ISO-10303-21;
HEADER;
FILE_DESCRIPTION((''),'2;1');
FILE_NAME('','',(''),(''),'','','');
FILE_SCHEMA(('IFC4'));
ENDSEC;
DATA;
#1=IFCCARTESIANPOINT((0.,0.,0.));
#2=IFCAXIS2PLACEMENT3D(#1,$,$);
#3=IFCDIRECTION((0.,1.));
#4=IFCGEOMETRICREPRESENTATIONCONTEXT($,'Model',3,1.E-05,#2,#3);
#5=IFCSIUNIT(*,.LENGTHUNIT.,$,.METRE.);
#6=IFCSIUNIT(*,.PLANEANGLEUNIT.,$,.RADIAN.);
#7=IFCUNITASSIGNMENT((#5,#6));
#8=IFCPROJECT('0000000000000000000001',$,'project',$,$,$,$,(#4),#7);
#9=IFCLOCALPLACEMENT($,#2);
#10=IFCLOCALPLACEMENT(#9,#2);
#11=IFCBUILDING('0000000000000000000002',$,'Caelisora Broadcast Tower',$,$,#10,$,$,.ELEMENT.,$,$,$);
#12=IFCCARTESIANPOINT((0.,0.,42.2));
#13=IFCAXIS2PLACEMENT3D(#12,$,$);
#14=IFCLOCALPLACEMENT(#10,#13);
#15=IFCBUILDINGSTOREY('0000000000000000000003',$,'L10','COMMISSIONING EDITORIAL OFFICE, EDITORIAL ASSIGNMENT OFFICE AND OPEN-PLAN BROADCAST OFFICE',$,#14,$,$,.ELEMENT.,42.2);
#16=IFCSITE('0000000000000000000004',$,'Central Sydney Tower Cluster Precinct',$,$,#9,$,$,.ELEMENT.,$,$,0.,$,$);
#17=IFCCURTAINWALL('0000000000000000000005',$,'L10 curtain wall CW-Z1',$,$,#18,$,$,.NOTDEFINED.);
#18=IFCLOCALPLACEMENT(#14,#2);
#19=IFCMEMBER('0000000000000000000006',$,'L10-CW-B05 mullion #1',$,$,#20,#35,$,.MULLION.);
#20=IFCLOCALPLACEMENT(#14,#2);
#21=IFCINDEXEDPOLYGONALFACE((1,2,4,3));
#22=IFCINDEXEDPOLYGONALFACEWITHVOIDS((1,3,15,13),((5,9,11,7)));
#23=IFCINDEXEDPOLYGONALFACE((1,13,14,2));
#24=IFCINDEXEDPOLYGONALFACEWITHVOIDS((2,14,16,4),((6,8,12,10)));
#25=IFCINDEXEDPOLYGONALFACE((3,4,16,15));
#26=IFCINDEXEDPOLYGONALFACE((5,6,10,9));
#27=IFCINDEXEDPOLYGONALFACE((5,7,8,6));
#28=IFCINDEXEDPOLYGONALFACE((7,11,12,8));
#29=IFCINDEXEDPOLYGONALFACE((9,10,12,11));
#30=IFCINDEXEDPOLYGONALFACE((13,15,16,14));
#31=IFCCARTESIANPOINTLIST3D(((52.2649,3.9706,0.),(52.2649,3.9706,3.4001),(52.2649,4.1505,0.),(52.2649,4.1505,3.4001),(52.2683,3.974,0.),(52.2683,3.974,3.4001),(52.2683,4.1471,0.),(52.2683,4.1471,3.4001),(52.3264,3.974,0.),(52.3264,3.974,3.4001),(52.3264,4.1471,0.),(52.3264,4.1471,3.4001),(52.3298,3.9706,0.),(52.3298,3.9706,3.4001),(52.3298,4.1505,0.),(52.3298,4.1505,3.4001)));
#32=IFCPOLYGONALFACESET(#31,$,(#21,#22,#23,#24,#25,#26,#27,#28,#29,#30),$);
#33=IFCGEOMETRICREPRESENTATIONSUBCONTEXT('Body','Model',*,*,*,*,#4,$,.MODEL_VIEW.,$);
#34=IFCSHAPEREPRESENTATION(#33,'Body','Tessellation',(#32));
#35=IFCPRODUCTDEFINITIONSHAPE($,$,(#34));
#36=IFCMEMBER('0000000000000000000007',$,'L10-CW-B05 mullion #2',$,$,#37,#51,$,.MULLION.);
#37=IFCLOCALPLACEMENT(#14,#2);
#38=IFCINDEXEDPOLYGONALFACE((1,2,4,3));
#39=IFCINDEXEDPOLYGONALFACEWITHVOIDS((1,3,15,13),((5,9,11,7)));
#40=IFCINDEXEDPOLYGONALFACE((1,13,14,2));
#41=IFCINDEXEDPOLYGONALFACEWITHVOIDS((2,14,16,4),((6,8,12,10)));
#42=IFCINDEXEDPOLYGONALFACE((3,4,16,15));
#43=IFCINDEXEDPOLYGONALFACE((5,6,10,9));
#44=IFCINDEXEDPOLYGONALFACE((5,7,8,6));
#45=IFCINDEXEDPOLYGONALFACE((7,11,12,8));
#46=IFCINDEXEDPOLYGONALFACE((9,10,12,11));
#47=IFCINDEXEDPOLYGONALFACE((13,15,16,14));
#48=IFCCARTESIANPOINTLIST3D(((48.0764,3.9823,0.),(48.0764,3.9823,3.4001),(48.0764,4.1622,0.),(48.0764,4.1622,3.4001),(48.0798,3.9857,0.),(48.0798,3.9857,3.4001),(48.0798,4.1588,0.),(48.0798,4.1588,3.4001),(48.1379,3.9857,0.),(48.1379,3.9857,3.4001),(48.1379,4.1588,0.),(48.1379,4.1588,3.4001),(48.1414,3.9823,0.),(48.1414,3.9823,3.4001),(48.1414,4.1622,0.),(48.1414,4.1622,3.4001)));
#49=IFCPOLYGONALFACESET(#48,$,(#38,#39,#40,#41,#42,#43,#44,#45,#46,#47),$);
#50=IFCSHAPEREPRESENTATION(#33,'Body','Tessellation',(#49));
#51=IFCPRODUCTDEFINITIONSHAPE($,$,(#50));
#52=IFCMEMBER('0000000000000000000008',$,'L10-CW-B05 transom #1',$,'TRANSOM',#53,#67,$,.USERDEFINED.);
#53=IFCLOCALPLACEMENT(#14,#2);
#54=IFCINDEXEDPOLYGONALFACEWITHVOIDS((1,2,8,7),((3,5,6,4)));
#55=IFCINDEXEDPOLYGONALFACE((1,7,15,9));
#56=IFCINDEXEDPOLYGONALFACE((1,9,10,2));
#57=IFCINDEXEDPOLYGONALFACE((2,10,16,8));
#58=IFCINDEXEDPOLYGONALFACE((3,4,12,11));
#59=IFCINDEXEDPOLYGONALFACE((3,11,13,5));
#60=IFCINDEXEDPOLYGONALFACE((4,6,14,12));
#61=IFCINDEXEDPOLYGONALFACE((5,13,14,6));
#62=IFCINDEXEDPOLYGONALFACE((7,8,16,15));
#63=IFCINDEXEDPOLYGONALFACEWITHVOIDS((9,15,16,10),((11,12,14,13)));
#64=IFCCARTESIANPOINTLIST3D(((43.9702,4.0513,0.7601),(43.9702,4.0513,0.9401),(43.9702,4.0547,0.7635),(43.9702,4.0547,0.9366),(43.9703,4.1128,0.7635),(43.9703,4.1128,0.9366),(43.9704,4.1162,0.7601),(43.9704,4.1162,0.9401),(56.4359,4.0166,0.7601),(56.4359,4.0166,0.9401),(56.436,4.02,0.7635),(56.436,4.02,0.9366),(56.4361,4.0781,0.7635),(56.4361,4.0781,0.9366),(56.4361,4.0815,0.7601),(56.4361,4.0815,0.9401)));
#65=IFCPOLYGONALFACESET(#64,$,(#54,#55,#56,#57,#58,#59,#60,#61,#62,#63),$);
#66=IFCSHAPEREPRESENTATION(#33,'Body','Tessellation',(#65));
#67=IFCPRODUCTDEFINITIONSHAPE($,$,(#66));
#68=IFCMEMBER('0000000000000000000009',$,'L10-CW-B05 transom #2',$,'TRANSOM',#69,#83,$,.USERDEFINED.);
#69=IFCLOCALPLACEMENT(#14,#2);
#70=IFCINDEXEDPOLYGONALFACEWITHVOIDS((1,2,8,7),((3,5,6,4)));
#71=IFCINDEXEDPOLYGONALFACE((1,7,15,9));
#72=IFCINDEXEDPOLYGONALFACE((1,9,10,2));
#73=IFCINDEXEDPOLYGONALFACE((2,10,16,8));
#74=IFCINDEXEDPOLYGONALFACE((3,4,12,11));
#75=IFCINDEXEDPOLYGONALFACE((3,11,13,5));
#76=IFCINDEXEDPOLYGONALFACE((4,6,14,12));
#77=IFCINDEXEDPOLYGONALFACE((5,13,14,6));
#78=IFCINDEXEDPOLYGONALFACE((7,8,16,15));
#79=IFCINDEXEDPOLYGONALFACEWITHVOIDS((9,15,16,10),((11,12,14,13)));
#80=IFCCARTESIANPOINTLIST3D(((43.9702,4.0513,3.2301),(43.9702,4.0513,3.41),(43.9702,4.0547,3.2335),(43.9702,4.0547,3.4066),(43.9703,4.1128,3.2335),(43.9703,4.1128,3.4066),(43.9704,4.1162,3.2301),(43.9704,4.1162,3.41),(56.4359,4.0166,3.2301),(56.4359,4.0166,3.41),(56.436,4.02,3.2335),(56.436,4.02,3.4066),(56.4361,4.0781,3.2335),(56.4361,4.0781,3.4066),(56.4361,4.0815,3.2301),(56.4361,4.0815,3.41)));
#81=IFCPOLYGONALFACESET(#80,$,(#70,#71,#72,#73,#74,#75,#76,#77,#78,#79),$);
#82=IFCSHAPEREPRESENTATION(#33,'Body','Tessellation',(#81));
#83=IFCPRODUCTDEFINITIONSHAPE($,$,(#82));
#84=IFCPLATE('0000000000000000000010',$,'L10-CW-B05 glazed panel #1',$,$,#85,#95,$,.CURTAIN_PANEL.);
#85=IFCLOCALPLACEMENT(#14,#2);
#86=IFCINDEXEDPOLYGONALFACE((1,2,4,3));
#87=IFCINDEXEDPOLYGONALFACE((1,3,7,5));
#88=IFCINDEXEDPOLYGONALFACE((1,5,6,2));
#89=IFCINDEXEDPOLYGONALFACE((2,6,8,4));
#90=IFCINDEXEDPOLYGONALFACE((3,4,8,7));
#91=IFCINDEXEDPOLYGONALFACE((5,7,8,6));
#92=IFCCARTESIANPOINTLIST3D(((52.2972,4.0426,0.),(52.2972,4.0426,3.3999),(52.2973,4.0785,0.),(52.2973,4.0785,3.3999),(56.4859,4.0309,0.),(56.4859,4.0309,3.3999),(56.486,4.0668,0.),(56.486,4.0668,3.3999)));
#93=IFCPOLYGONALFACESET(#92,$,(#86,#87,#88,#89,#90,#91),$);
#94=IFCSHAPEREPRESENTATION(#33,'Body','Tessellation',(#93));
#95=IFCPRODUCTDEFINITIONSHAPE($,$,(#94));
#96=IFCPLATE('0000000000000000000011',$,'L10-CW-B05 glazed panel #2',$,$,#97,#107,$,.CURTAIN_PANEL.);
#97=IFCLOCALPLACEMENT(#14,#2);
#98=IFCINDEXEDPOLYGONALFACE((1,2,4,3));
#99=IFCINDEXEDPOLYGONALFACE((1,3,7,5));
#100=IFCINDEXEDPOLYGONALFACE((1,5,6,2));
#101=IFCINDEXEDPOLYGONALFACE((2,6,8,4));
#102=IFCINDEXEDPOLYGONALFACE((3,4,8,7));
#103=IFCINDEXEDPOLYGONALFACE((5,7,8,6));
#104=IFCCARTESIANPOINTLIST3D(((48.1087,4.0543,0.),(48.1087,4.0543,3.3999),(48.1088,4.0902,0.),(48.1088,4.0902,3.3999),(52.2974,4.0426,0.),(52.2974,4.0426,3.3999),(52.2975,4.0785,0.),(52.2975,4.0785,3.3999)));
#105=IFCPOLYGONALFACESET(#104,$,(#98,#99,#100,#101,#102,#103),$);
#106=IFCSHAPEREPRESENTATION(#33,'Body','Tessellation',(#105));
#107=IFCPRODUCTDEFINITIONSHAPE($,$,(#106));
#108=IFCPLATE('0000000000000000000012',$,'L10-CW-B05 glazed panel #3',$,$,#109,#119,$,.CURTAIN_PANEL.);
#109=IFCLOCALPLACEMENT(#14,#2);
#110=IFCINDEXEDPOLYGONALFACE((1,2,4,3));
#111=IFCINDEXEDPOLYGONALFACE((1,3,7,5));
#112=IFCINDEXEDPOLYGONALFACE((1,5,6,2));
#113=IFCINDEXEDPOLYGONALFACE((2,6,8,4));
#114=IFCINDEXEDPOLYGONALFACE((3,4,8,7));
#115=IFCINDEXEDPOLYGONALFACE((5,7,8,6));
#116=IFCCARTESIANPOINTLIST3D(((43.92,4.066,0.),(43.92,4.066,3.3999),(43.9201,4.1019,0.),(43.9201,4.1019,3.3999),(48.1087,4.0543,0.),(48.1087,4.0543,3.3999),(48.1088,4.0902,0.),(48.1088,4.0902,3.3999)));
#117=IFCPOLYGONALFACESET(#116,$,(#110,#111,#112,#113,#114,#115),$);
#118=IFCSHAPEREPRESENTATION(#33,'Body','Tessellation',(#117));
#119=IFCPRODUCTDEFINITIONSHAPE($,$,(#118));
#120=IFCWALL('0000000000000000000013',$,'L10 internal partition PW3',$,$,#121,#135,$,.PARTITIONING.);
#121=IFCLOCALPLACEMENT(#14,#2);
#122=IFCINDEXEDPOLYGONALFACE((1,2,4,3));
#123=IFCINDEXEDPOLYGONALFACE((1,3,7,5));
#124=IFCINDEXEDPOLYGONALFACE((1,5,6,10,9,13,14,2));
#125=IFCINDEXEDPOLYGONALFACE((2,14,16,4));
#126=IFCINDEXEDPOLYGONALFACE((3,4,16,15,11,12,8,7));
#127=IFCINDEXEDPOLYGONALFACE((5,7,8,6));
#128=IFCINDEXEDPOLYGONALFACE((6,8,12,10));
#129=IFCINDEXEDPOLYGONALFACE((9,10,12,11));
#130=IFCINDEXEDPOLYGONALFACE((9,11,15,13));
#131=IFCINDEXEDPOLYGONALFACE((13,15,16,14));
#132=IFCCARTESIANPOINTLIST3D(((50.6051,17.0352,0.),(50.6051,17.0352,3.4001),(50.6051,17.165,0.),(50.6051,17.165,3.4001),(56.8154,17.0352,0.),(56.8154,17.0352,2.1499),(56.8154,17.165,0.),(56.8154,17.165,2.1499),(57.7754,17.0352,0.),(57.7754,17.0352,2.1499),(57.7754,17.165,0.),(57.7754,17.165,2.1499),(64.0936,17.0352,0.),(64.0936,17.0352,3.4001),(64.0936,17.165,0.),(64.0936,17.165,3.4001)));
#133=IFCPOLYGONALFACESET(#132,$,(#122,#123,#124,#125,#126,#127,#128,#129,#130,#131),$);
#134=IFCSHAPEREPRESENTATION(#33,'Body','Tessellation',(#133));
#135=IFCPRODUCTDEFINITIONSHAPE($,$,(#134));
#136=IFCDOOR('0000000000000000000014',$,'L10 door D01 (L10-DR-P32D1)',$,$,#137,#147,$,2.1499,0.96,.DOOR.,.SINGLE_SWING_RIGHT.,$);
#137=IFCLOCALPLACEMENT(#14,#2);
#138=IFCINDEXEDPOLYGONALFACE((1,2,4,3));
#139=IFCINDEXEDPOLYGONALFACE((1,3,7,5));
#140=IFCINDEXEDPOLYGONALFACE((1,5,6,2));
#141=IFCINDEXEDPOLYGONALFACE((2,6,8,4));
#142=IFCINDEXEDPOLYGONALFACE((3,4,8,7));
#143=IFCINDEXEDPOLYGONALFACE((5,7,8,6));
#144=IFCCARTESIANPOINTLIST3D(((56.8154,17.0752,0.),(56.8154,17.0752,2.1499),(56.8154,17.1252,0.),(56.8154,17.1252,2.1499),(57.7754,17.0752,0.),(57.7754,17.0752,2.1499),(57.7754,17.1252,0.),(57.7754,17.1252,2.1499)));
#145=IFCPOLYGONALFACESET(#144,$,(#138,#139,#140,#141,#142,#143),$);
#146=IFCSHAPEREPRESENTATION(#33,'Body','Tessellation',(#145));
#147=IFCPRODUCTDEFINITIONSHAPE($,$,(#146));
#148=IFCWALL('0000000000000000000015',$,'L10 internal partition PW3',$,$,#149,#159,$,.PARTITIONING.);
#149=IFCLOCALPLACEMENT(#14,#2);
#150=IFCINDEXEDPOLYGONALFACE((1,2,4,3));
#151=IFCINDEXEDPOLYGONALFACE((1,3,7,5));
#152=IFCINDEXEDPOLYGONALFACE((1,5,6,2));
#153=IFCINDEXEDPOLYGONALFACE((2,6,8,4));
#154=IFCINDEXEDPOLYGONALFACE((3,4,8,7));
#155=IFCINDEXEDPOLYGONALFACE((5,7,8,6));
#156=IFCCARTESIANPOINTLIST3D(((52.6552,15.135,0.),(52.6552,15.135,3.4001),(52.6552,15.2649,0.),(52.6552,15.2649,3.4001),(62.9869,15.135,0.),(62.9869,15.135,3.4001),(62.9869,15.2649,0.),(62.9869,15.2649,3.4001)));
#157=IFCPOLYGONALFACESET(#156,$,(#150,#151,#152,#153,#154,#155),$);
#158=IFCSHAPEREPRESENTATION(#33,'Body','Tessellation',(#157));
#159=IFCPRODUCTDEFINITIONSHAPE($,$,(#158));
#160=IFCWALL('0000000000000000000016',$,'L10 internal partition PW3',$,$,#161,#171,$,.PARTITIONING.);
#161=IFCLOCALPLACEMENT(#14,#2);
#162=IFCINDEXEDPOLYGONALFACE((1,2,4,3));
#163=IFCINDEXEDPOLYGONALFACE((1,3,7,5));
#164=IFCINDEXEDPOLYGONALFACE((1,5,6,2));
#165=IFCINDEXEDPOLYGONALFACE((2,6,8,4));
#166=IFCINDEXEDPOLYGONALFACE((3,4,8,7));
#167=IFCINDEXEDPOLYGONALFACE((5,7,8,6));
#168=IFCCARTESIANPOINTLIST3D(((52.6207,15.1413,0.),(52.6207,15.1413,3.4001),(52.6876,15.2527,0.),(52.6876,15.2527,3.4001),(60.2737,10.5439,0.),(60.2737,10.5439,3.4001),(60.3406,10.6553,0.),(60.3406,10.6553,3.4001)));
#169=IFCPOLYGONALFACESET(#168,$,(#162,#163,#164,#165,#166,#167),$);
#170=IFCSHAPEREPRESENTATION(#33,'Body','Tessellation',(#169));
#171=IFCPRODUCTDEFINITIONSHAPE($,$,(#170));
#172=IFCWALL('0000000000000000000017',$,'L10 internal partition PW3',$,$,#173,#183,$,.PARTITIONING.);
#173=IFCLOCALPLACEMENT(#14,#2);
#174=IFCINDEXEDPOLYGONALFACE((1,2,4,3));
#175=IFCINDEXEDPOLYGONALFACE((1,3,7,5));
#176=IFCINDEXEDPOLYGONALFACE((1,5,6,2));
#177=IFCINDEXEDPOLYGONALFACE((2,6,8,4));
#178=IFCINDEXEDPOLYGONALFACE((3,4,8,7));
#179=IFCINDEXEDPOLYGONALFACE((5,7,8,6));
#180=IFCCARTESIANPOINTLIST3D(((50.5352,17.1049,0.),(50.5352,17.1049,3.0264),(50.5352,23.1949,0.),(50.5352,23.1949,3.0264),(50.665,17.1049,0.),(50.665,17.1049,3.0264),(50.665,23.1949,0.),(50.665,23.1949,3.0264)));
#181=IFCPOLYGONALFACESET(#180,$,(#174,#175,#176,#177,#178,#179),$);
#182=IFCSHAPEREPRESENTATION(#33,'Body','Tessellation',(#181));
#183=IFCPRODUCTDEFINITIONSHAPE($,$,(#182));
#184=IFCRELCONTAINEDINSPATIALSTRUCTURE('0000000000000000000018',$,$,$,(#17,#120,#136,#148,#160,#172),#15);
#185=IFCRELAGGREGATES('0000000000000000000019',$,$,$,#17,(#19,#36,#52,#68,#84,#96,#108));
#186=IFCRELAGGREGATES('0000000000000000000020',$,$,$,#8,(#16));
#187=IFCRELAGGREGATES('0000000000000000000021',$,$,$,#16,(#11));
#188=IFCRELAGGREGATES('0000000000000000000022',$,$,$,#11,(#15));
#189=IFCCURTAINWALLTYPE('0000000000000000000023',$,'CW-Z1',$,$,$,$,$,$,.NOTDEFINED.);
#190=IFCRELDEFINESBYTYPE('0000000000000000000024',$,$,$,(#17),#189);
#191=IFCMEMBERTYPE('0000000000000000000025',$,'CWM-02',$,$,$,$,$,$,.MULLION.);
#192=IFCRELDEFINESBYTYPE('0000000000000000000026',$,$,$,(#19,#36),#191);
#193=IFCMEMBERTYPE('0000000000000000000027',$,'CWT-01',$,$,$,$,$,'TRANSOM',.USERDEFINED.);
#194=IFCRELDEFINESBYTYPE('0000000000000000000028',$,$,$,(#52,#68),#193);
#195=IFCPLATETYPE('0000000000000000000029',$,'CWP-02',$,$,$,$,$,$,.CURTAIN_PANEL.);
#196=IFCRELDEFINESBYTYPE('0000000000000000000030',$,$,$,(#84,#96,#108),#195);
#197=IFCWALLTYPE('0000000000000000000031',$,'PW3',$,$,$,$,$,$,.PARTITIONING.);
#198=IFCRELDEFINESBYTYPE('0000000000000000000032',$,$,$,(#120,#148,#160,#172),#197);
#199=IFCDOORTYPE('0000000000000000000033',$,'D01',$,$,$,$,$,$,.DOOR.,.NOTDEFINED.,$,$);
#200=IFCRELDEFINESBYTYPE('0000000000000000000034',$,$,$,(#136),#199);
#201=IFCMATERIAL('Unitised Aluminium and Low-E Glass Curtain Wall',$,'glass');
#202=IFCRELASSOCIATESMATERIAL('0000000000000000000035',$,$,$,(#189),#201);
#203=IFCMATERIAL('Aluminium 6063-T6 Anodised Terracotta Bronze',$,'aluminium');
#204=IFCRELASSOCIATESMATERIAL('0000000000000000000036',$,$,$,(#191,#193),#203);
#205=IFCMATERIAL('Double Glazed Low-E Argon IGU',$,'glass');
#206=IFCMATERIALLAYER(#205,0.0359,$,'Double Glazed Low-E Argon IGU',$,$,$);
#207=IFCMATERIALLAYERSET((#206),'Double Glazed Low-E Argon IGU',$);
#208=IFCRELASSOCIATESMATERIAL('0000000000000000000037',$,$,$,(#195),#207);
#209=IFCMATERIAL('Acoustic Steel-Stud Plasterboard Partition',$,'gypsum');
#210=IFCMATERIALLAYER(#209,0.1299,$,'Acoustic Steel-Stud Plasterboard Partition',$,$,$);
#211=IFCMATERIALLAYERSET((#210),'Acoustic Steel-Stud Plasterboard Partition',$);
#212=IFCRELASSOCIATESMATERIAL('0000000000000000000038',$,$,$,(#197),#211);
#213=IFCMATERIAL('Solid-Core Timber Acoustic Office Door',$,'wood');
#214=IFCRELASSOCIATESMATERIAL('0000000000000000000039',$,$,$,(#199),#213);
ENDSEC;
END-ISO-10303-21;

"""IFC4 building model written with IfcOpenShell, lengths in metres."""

from ifc_helpers import new_model, si_unit, direction, frame, frame_2d, origin, origin_2d, place, context, subcontext, project, spatial, rectangle, hollow_rectangle, extrude, source, transform, mapped, material, layer, layer_set, material_profile, profile_set, type_object, type_shapes, element, fill, aggregate, save


model = new_model("IFC4")

# Units and contexts
model_context = context("Model", 3, precision=1e-05, world=origin(), true_north=direction((0.0, 1.0)))
body_context = subcontext(model_context, "Body", "Model", "MODEL_VIEW")
ifc_project = project(units=[si_unit("LENGTHUNIT", "METRE"), si_unit("PLANEANGLEUNIT", "RADIAN")], contexts=[model_context])

# Site, building, storey
site_placement = place(None, origin())
site = spatial("IfcSite", under=ifc_project, at=site_placement, Name="Central Sydney Tower Cluster Precinct", CompositionType="ELEMENT", RefElevation=0.0)
building_placement = place(site_placement, origin())
building = spatial("IfcBuilding", under=site, at=building_placement, Name="Caelisora Broadcast Tower", CompositionType="ELEMENT")
storey_placement = place(building_placement, frame((0.0, 0.0, 42.2)))
storey = spatial("IfcBuildingStorey", under=building, at=storey_placement, Name="L10", Description="COMMISSIONING EDITORIAL OFFICE, EDITORIAL ASSIGNMENT OFFICE AND OPEN-PLAN BROADCAST OFFICE", CompositionType="ELEMENT", Elevation=42.2)

# Curtain wall, members, plates
ifc_material_1 = material(Name="Unitised Aluminium and Low-E Glass Curtain Wall", Category="glass")
curtain_wall_type = type_object("IfcCurtainWallType", Name="CW-Z1", PredefinedType="NOTDEFINED", material=ifc_material_1)
curtain_wall_placement = place(storey_placement, origin())
curtain_wall = element("IfcCurtainWall", 1, at=curtain_wall_placement, inside=storey, type_object=curtain_wall_type, Name="L10 curtain wall CW-Z1", PredefinedType="NOTDEFINED")
ifc_material_2 = material(Name="Aluminium 6063-T6 Anodised Terracotta Bronze", Category="aluminium")
ifc_material_profile_1 = material_profile(ifc_material_2, hollow_rectangle(XDim=0.0649, YDim=0.1799, WallThickness=0.0034, at=origin_2d()), Name="Aluminium 6063-T6 Anodised Terracotta Bronze")
ifc_profile_set_1 = profile_set([ifc_material_profile_1], Name="Aluminium 6063-T6 Anodised Terracotta Bronze")
member_type_1 = type_object("IfcMemberType", Name="CWM-02", PredefinedType="MULLION", material=ifc_profile_set_1)
shared_shape_1 = source(origin(), body_context, "Body", "SweptSolid", [
    extrude(hollow_rectangle(XDim=0.0649, YDim=0.1799, WallThickness=0.0034, at=origin_2d()), origin(), (0.0, 0.0, 1.0), 3.4001),
])
type_shapes(member_type_1, [shared_shape_1])
member_1_placement = place(storey_placement, frame((52.2974, 4.0605, 0.0), z_axis=(0.0, 0.0, 1.0), x_axis=(1.0, 0.0, 0.0)))
member_1 = element("IfcMember", 2, at=member_1_placement, type_object=member_type_1, Name="L10-CW-B05 mullion #1", PredefinedType="MULLION", context=body_context, shape_type="MappedRepresentation", body=[
    mapped(shared_shape_1, transform((0.0, 0.0, 0.0), scale=1.0)),
])
member_2_placement = place(storey_placement, frame((48.1089, 4.0723, 0.0), z_axis=(0.0, 0.0, 1.0), x_axis=(1.0, 0.0, 0.0)))
member_2 = element("IfcMember", 3, at=member_2_placement, type_object=member_type_1, Name="L10-CW-B05 mullion #2", PredefinedType="MULLION", context=body_context, shape_type="MappedRepresentation", body=[
    mapped(shared_shape_1, transform((0.0, 0.0, 0.0), scale=1.0)),
])
ifc_material_profile_2 = material_profile(ifc_material_2, hollow_rectangle(XDim=0.0649, YDim=0.1799, WallThickness=0.0034, at=origin_2d()), Name="Aluminium 6063-T6 Anodised Terracotta Bronze")
ifc_profile_set_2 = profile_set([ifc_material_profile_2], Name="Aluminium 6063-T6 Anodised Terracotta Bronze")
member_type_2 = type_object("IfcMemberType", Name="CWT-01", ElementType="TRANSOM", PredefinedType="USERDEFINED", material=ifc_profile_set_2)
shared_shape_2 = source(origin(), body_context, "Body", "SweptSolid", [
    extrude(hollow_rectangle(XDim=0.0649, YDim=0.1799, WallThickness=0.0034, at=origin_2d()), origin(), (0.0, 0.0, 1.0), 12.4658),
])
type_shapes(member_type_2, [shared_shape_2])
member_3_placement = place(storey_placement, frame((56.436, 4.0491, 0.8501), z_axis=(-0.999996, 0.002781, 0.0), x_axis=(-0.002781, -0.999996, 0.0)))
member_3 = element("IfcMember", 4, at=member_3_placement, type_object=member_type_2, Name="L10-CW-B05 transom #1", ObjectType="TRANSOM", PredefinedType="USERDEFINED", context=body_context, shape_type="MappedRepresentation", body=[
    mapped(shared_shape_2, transform((0.0, 0.0, 0.0), scale=1.0)),
])
member_4_placement = place(storey_placement, frame((56.436, 4.0491, 3.3201), z_axis=(-0.999996, 0.002781, 0.0), x_axis=(-0.002781, -0.999996, 0.0)))
member_4 = element("IfcMember", 5, at=member_4_placement, type_object=member_type_2, Name="L10-CW-B05 transom #2", ObjectType="TRANSOM", PredefinedType="USERDEFINED", context=body_context, shape_type="MappedRepresentation", body=[
    mapped(shared_shape_2, transform((0.0, 0.0, 0.0), scale=1.0)),
])
ifc_material_3 = material(Name="Double Glazed Low-E Argon IGU", Category="glass")
ifc_layer_1 = layer(ifc_material_3, 0.0359, Name="Double Glazed Low-E Argon IGU")
ifc_layer_set_1 = layer_set([ifc_layer_1], Name="Double Glazed Low-E Argon IGU")
plate_type = type_object("IfcPlateType", Name="CWP-02", PredefinedType="CURTAIN_PANEL", material=ifc_layer_set_1)
shared_shape_3 = source(origin(), body_context, "Body", "SweptSolid", [
    extrude(rectangle(XDim=4.1887, YDim=0.0359, at=origin_2d()), origin(), (0.0, 0.0, 1.0), 3.3999),
])
type_shapes(plate_type, [shared_shape_3])
plate_1_placement = place(storey_placement, frame((54.3916, 4.0547, 0.0), z_axis=(0.0, 0.0, 1.0), x_axis=(-0.999996, 0.002793, 0.0)))
plate_1 = element("IfcPlate", 6, at=plate_1_placement, type_object=plate_type, Name="L10-CW-B05 glazed panel #1", PredefinedType="CURTAIN_PANEL", context=body_context, shape_type="MappedRepresentation", body=[
    mapped(shared_shape_3, transform((0.0, 0.0, 0.0), scale=1.0)),
])
plate_2_placement = place(storey_placement, frame((50.2031, 4.0664, 0.0), z_axis=(0.0, 0.0, 1.0), x_axis=(-0.999996, 0.002793, 0.0)))
plate_2 = element("IfcPlate", 7, at=plate_2_placement, type_object=plate_type, Name="L10-CW-B05 glazed panel #2", PredefinedType="CURTAIN_PANEL", context=body_context, shape_type="MappedRepresentation", body=[
    mapped(shared_shape_3, transform((0.0, 0.0, 0.0), scale=1.0)),
])
plate_3_placement = place(storey_placement, frame((46.0144, 4.0781, 0.0), z_axis=(0.0, 0.0, 1.0), x_axis=(-0.999996, 0.002793, 0.0)))
plate_3 = element("IfcPlate", 8, at=plate_3_placement, type_object=plate_type, Name="L10-CW-B05 glazed panel #3", PredefinedType="CURTAIN_PANEL", context=body_context, shape_type="MappedRepresentation", body=[
    mapped(shared_shape_3, transform((0.0, 0.0, 0.0), scale=1.0)),
])
aggregate(curtain_wall, [member_1, member_2, member_3, member_4, plate_1, plate_2, plate_3])

# Wall, opening, door
ifc_material_4 = material(Name="Acoustic Steel-Stud Plasterboard Partition", Category="gypsum")
ifc_layer_2 = layer(ifc_material_4, 0.1299, Name="Acoustic Steel-Stud Plasterboard Partition")
ifc_layer_set_2 = layer_set([ifc_layer_2], Name="Acoustic Steel-Stud Plasterboard Partition")
wall_type = type_object("IfcWallType", Name="PW3", PredefinedType="PARTITIONING", material=ifc_layer_set_2)
wall_1_placement = place(storey_placement, frame((64.0935, 17.1001, 0.0), z_axis=(0.0, 0.0, 1.0), x_axis=(-1.0, 0.0, 0.0)))
wall_1 = element("IfcWall", 9, at=wall_1_placement, inside=storey, type_object=wall_type, Name="L10 internal partition PW3", PredefinedType="PARTITIONING", context=body_context, shape_type="SweptSolid", body=[
    extrude(rectangle(XDim=13.4885, YDim=0.1299, at=frame_2d((6.7441, 0.0))), origin(), (0.0, 0.0, 1.0), 3.4001),
])
opening_placement = place(wall_1_placement, frame((6.3181, 0.0, 0.0)))
opening = element("IfcOpeningElement", 10, at=opening_placement, cuts=wall_1, PredefinedType="OPENING", context=body_context, shape_type="SweptSolid", body=[
    extrude(rectangle(XDim=0.96, YDim=2.1499, at=frame_2d((0.48, 1.075))), frame((0.0, 0.0769, 0.0), z_axis=(0.0, -1.0, 0.0), x_axis=(1.0, 0.0, 0.0)), (0.0, 0.0, 1.0), 0.1538),
])
ifc_material_5 = material(Name="Solid-Core Timber Acoustic Office Door", Category="wood")
door_type = type_object("IfcDoorType", Name="D01", OperationType="NOTDEFINED", PredefinedType="DOOR", material=ifc_material_5)
door_placement = place(opening_placement, origin())
door = element("IfcDoor", 11, at=door_placement, inside=storey, type_object=door_type, Name="L10 door D01 (L10-DR-P32D1)", OperationType="SINGLE_SWING_RIGHT", OverallHeight=2.1499, OverallWidth=0.96, PredefinedType="DOOR", context=body_context, shape_type="SweptSolid", body=[
    extrude(rectangle(XDim=0.96, YDim=2.1499, at=frame_2d((0.48, 1.075))), frame((0.0, 0.0249, 0.0), z_axis=(0.0, -1.0, 0.0), x_axis=(1.0, 0.0, 0.0)), (0.0, 0.0, 1.0), 0.05),
])
fill(opening, door)

# Walls
wall_2_placement = place(storey_placement, frame((52.655, 15.2, 0.0), z_axis=(0.0, 0.0, 1.0), x_axis=(1.0, 0.0, 0.0)))
element("IfcWall", 12, at=wall_2_placement, inside=storey, type_object=wall_type, Name="L10 internal partition PW3", PredefinedType="PARTITIONING", context=body_context, shape_type="SweptSolid", body=[
    extrude(rectangle(XDim=10.3318, YDim=0.1299, at=frame_2d((5.166, 0.0))), origin(), (0.0, 0.0, 1.0), 3.4001),
])
wall_3_placement = place(storey_placement, frame((60.3071, 10.5996, 0.0), z_axis=(0.0, 0.0, 1.0), x_axis=(-0.857218, 0.514954, 0.0)))
element("IfcWall", 13, at=wall_3_placement, inside=storey, type_object=wall_type, Name="L10 internal partition PW3", PredefinedType="PARTITIONING", context=body_context, shape_type="SweptSolid", body=[
    extrude(rectangle(XDim=8.9277, YDim=0.1299, at=frame_2d((4.4639, 0.0))), origin(), (0.0, 0.0, 1.0), 3.4001),
])
wall_4_placement = place(storey_placement, frame((50.6001, 17.105, 0.0), z_axis=(0.0, 0.0, 1.0), x_axis=(0.0, 1.0, 0.0)))
element("IfcWall", 14, at=wall_4_placement, inside=storey, type_object=wall_type, Name="L10 internal partition PW3", PredefinedType="PARTITIONING", context=body_context, shape_type="SweptSolid", body=[
    extrude(rectangle(XDim=6.0901, YDim=0.1299, at=frame_2d((3.0449, 0.0))), origin(), (0.0, 0.0, 1.0), 3.0264),
])

save(model, "model.ifc")
